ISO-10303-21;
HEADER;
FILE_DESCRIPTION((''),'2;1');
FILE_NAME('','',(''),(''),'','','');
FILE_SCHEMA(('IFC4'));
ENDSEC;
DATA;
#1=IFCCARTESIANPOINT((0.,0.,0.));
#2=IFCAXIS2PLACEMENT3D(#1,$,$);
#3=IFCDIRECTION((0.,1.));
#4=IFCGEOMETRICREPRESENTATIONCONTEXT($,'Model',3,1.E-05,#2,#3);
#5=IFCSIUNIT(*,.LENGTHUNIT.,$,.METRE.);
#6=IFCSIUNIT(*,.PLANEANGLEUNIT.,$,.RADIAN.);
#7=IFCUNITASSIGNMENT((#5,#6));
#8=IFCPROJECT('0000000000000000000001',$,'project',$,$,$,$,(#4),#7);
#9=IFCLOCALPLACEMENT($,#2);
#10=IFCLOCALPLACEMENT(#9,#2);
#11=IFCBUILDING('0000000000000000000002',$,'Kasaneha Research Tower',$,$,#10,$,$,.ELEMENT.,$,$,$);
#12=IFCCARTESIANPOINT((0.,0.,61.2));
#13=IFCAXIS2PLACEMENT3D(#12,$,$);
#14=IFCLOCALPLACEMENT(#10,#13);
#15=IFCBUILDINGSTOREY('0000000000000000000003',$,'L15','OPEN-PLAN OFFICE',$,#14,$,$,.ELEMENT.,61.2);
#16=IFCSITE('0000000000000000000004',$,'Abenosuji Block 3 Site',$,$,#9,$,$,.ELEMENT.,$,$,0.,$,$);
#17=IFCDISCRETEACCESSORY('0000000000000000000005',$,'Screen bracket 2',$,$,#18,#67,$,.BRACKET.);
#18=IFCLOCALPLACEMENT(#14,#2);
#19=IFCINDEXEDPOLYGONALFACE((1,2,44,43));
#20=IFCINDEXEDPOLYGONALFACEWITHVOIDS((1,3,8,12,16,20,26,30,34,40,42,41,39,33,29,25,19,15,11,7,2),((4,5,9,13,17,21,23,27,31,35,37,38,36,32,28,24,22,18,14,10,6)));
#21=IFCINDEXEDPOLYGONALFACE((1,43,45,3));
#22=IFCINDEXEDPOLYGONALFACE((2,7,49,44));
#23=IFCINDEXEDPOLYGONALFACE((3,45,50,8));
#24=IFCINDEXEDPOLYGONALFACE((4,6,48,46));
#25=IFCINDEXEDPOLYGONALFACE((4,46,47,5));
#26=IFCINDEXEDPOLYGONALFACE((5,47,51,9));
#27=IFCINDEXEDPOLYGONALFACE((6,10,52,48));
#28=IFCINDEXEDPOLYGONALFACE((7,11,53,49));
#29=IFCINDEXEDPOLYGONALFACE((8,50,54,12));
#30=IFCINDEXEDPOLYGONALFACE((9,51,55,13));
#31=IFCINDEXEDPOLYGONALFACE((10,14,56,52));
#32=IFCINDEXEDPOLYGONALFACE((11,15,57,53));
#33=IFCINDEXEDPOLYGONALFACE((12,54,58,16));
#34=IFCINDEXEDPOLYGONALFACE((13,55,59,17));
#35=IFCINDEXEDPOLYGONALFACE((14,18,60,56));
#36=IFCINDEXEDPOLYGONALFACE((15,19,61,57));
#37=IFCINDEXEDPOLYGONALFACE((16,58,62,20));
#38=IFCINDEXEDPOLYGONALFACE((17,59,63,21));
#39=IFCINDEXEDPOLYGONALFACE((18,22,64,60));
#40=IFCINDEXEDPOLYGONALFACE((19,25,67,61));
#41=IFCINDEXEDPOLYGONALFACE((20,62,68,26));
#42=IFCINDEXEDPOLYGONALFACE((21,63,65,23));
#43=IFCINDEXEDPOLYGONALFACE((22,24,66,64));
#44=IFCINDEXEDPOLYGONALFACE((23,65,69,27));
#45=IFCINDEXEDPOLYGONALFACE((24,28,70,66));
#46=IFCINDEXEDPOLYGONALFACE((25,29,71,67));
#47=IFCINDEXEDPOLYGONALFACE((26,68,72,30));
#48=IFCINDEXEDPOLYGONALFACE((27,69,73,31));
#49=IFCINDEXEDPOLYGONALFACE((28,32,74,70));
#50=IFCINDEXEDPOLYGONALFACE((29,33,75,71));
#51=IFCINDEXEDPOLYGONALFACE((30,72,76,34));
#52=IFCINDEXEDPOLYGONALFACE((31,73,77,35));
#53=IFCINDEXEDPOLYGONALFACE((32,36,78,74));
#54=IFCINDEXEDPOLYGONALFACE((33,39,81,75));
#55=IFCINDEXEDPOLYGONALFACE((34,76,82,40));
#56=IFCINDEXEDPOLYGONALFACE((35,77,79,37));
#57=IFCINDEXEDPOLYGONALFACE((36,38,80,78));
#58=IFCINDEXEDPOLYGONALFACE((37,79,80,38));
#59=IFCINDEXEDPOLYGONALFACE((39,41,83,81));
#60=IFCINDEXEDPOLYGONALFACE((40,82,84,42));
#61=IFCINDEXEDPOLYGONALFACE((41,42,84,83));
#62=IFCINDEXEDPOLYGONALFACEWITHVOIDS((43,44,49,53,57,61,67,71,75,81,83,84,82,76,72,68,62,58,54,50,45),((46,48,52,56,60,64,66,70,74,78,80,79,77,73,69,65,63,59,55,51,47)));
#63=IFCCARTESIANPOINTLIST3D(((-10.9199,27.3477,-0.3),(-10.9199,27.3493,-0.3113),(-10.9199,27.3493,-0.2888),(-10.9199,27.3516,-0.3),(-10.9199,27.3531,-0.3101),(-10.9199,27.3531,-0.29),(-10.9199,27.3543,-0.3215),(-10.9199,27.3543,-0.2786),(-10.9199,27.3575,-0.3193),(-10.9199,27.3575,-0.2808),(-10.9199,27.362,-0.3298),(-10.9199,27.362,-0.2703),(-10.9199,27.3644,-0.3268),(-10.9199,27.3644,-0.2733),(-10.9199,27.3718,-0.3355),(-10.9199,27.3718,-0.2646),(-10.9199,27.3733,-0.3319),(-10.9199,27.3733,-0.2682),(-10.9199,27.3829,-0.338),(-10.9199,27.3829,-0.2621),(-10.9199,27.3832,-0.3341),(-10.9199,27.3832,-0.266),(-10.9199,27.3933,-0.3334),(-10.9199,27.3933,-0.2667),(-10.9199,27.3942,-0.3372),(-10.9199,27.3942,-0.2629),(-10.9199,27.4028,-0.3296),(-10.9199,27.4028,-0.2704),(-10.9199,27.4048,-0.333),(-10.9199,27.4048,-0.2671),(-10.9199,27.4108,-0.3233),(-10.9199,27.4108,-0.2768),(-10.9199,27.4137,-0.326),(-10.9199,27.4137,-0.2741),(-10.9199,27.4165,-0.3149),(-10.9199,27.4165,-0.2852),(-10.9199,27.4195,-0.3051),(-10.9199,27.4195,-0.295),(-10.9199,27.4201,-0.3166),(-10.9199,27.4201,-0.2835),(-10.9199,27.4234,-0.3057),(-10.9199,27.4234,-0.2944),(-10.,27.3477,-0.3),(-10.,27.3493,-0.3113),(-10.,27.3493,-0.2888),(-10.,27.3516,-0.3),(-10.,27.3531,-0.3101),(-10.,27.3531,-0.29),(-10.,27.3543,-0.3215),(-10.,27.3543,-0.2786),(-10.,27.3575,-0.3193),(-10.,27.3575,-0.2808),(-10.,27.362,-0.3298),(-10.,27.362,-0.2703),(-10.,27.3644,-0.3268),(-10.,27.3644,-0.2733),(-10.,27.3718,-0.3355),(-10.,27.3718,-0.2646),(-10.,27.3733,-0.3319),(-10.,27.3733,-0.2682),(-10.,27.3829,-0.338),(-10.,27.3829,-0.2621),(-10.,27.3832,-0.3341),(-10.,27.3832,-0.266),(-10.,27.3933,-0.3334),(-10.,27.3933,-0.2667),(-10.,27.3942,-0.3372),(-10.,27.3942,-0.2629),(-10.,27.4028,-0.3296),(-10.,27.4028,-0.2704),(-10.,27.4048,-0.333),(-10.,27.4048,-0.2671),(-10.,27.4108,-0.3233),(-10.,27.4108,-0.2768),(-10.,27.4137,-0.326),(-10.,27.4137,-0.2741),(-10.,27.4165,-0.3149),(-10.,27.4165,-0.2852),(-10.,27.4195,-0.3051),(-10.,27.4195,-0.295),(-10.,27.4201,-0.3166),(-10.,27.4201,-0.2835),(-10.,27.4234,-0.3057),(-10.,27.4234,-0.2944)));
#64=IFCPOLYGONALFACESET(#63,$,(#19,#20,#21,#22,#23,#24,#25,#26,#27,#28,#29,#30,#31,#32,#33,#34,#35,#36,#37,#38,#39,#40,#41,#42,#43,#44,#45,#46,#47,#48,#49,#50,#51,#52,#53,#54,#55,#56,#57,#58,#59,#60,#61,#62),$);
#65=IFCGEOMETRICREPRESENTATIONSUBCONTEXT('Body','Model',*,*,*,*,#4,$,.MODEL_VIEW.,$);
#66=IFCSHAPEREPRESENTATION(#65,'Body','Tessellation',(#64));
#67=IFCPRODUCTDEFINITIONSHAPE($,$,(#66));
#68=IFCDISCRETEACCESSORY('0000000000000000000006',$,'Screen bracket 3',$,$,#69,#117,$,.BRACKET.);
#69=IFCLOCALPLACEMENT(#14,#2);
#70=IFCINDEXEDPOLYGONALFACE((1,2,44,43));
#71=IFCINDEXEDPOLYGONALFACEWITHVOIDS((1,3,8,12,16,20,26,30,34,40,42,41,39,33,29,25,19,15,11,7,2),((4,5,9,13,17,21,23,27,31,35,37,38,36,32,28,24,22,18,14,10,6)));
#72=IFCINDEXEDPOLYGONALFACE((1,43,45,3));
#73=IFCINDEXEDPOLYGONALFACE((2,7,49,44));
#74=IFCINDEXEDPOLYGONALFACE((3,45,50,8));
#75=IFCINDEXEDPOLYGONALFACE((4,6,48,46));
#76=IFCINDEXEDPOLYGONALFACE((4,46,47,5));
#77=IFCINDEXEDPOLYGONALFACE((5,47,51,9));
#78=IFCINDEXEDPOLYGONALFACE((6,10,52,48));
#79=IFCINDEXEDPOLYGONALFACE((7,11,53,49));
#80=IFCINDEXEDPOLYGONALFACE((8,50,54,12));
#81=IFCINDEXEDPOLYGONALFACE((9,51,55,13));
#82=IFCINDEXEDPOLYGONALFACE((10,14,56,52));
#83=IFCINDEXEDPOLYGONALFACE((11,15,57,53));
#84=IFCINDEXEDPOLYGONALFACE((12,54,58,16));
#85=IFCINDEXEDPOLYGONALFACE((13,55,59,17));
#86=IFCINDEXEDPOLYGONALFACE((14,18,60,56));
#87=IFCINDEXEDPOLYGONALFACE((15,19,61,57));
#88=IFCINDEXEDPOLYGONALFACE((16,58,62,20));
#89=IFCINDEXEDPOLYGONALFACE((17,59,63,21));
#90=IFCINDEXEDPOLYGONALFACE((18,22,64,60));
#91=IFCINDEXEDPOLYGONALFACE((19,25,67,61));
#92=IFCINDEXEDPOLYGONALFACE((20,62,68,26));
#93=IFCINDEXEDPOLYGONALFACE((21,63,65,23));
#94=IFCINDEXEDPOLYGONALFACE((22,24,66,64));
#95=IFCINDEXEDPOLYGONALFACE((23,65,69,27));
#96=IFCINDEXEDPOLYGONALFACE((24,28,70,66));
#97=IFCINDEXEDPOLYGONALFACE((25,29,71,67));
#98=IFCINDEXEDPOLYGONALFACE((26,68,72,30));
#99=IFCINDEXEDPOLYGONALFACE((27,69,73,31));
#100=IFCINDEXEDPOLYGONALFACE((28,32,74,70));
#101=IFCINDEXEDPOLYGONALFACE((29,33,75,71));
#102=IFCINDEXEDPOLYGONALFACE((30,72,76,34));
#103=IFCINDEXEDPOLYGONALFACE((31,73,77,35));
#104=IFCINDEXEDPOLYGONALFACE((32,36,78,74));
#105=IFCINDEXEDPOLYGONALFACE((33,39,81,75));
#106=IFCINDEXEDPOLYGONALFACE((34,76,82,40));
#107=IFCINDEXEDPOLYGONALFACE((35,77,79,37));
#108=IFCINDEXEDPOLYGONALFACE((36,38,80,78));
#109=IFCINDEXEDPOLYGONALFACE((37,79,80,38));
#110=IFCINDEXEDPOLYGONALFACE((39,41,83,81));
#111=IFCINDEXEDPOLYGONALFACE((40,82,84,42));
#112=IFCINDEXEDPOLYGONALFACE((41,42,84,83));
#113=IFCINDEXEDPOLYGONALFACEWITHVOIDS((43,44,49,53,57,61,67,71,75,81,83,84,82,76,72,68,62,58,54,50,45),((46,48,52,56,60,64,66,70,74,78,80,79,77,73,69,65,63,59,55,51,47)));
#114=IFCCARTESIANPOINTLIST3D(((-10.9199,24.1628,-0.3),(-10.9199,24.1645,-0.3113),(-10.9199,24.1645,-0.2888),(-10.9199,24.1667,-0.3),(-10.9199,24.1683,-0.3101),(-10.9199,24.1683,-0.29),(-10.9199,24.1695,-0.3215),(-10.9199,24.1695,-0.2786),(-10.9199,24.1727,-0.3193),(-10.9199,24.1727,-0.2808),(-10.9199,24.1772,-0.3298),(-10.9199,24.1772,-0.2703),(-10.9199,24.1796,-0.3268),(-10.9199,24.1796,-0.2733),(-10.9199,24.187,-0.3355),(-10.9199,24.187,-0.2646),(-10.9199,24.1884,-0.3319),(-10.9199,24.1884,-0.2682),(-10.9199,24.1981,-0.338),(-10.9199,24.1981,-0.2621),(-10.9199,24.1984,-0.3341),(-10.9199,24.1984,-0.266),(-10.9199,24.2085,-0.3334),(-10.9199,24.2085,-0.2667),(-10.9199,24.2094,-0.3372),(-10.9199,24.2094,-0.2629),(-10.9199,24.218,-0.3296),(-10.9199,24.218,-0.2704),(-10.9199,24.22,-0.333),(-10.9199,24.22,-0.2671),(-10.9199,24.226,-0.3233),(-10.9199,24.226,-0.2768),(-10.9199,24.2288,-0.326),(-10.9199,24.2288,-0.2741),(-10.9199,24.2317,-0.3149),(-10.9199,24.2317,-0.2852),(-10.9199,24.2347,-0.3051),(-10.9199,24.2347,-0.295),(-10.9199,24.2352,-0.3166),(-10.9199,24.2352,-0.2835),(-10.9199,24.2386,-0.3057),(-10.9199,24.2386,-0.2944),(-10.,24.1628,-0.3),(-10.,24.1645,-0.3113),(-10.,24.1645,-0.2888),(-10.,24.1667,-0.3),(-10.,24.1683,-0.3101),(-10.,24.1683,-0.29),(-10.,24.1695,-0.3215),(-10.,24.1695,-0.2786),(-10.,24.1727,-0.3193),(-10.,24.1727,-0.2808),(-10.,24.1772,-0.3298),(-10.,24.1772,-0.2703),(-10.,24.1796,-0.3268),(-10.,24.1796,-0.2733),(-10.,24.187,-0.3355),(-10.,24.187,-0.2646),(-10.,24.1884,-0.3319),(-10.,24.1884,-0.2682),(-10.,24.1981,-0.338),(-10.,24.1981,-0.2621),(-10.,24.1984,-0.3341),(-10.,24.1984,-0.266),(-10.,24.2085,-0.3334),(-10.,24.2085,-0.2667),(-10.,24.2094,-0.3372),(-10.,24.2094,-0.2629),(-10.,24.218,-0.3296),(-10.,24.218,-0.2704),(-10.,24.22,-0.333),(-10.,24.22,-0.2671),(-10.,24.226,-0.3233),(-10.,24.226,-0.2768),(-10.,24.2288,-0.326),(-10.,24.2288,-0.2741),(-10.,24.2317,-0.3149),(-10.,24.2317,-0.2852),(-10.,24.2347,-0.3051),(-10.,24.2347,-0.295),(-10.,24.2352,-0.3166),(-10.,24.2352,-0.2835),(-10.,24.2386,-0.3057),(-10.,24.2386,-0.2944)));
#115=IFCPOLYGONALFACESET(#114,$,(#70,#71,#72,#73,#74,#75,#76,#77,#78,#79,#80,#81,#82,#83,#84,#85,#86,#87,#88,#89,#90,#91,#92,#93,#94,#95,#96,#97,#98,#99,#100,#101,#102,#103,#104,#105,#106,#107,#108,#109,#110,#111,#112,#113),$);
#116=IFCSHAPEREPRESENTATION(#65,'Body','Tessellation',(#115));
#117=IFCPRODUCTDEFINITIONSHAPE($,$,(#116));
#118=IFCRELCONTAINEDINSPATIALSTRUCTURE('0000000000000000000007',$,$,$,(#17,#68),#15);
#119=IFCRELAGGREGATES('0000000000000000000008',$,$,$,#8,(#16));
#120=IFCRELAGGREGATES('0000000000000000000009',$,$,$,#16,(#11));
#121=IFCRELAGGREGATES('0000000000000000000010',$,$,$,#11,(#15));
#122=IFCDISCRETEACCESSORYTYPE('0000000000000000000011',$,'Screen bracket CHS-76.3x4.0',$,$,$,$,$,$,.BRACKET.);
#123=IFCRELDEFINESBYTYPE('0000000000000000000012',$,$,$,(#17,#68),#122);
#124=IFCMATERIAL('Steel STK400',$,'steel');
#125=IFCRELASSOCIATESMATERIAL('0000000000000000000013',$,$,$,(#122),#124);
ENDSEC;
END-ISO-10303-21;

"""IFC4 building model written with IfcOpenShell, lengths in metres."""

from ifc_helpers import new_model, si_unit, direction, frame, origin, origin_2d, place, context, subcontext, project, spatial, hollow_circle, extrude, material, material_profile, profile_set, type_object, element, save


model = new_model("IFC4")

# Units and contexts
model_context = context("Model", 3, precision=1e-05, world=origin(), true_north=direction((0.0, 1.0)))
body_context = subcontext(model_context, "Body", "Model", "MODEL_VIEW")
ifc_project = project(units=[si_unit("LENGTHUNIT", "METRE"), si_unit("PLANEANGLEUNIT", "RADIAN")], contexts=[model_context])

# Site, building, storey
site_placement = place(None, origin())
site = spatial("IfcSite", under=ifc_project, at=site_placement, Name="Abenosuji Block 3 Site", CompositionType="ELEMENT", RefElevation=0.0)
building_placement = place(site_placement, origin())
building = spatial("IfcBuilding", under=site, at=building_placement, Name="Kasaneha Research Tower", CompositionType="ELEMENT")
storey_placement = place(building_placement, frame((0.0, 0.0, 61.2)))
storey = spatial("IfcBuildingStorey", under=building, at=storey_placement, Name="L15", Description="OPEN-PLAN OFFICE", CompositionType="ELEMENT", Elevation=61.2)

# Discrete accessories
ifc_material_1 = material(Name="Steel STK400", Category="steel")
ifc_material_profile_1 = material_profile(ifc_material_1, hollow_circle(Radius=0.0381, WallThickness=0.0039, at=origin_2d()), Name="CHS-76.3x4.0")
ifc_profile_set_1 = profile_set([ifc_material_profile_1], Name="Steel STK400")
discrete_accessory_type = type_object("IfcDiscreteAccessoryType", Name="Screen bracket CHS-76.3x4.0", PredefinedType="BRACKET", material=ifc_profile_set_1)
for number, where, z_axis, x_axis, name in (
    (1, (-10.0, 27.3857, -0.3), (-1.0, 0.0, 0.0), (0.0, -1.0, 0.0), "Screen bracket 2"),
    (2, (-10.0, 24.2009, -0.3), (-1.0, 0.0, 0.0), (0.0, -1.0, 0.0), "Screen bracket 3"),
):
    element("IfcDiscreteAccessory", number, at=place(storey_placement, frame(where, z_axis=z_axis, x_axis=x_axis)), inside=storey, type_object=discrete_accessory_type, Name=name, PredefinedType="BRACKET", context=body_context, shape_type="SweptSolid", body=[
        extrude(hollow_circle(Radius=0.0381, WallThickness=0.0039, at=origin_2d()), origin(), (0.0, 0.0, 1.0), 0.9199),
    ])

save(model, "model.ifc")
